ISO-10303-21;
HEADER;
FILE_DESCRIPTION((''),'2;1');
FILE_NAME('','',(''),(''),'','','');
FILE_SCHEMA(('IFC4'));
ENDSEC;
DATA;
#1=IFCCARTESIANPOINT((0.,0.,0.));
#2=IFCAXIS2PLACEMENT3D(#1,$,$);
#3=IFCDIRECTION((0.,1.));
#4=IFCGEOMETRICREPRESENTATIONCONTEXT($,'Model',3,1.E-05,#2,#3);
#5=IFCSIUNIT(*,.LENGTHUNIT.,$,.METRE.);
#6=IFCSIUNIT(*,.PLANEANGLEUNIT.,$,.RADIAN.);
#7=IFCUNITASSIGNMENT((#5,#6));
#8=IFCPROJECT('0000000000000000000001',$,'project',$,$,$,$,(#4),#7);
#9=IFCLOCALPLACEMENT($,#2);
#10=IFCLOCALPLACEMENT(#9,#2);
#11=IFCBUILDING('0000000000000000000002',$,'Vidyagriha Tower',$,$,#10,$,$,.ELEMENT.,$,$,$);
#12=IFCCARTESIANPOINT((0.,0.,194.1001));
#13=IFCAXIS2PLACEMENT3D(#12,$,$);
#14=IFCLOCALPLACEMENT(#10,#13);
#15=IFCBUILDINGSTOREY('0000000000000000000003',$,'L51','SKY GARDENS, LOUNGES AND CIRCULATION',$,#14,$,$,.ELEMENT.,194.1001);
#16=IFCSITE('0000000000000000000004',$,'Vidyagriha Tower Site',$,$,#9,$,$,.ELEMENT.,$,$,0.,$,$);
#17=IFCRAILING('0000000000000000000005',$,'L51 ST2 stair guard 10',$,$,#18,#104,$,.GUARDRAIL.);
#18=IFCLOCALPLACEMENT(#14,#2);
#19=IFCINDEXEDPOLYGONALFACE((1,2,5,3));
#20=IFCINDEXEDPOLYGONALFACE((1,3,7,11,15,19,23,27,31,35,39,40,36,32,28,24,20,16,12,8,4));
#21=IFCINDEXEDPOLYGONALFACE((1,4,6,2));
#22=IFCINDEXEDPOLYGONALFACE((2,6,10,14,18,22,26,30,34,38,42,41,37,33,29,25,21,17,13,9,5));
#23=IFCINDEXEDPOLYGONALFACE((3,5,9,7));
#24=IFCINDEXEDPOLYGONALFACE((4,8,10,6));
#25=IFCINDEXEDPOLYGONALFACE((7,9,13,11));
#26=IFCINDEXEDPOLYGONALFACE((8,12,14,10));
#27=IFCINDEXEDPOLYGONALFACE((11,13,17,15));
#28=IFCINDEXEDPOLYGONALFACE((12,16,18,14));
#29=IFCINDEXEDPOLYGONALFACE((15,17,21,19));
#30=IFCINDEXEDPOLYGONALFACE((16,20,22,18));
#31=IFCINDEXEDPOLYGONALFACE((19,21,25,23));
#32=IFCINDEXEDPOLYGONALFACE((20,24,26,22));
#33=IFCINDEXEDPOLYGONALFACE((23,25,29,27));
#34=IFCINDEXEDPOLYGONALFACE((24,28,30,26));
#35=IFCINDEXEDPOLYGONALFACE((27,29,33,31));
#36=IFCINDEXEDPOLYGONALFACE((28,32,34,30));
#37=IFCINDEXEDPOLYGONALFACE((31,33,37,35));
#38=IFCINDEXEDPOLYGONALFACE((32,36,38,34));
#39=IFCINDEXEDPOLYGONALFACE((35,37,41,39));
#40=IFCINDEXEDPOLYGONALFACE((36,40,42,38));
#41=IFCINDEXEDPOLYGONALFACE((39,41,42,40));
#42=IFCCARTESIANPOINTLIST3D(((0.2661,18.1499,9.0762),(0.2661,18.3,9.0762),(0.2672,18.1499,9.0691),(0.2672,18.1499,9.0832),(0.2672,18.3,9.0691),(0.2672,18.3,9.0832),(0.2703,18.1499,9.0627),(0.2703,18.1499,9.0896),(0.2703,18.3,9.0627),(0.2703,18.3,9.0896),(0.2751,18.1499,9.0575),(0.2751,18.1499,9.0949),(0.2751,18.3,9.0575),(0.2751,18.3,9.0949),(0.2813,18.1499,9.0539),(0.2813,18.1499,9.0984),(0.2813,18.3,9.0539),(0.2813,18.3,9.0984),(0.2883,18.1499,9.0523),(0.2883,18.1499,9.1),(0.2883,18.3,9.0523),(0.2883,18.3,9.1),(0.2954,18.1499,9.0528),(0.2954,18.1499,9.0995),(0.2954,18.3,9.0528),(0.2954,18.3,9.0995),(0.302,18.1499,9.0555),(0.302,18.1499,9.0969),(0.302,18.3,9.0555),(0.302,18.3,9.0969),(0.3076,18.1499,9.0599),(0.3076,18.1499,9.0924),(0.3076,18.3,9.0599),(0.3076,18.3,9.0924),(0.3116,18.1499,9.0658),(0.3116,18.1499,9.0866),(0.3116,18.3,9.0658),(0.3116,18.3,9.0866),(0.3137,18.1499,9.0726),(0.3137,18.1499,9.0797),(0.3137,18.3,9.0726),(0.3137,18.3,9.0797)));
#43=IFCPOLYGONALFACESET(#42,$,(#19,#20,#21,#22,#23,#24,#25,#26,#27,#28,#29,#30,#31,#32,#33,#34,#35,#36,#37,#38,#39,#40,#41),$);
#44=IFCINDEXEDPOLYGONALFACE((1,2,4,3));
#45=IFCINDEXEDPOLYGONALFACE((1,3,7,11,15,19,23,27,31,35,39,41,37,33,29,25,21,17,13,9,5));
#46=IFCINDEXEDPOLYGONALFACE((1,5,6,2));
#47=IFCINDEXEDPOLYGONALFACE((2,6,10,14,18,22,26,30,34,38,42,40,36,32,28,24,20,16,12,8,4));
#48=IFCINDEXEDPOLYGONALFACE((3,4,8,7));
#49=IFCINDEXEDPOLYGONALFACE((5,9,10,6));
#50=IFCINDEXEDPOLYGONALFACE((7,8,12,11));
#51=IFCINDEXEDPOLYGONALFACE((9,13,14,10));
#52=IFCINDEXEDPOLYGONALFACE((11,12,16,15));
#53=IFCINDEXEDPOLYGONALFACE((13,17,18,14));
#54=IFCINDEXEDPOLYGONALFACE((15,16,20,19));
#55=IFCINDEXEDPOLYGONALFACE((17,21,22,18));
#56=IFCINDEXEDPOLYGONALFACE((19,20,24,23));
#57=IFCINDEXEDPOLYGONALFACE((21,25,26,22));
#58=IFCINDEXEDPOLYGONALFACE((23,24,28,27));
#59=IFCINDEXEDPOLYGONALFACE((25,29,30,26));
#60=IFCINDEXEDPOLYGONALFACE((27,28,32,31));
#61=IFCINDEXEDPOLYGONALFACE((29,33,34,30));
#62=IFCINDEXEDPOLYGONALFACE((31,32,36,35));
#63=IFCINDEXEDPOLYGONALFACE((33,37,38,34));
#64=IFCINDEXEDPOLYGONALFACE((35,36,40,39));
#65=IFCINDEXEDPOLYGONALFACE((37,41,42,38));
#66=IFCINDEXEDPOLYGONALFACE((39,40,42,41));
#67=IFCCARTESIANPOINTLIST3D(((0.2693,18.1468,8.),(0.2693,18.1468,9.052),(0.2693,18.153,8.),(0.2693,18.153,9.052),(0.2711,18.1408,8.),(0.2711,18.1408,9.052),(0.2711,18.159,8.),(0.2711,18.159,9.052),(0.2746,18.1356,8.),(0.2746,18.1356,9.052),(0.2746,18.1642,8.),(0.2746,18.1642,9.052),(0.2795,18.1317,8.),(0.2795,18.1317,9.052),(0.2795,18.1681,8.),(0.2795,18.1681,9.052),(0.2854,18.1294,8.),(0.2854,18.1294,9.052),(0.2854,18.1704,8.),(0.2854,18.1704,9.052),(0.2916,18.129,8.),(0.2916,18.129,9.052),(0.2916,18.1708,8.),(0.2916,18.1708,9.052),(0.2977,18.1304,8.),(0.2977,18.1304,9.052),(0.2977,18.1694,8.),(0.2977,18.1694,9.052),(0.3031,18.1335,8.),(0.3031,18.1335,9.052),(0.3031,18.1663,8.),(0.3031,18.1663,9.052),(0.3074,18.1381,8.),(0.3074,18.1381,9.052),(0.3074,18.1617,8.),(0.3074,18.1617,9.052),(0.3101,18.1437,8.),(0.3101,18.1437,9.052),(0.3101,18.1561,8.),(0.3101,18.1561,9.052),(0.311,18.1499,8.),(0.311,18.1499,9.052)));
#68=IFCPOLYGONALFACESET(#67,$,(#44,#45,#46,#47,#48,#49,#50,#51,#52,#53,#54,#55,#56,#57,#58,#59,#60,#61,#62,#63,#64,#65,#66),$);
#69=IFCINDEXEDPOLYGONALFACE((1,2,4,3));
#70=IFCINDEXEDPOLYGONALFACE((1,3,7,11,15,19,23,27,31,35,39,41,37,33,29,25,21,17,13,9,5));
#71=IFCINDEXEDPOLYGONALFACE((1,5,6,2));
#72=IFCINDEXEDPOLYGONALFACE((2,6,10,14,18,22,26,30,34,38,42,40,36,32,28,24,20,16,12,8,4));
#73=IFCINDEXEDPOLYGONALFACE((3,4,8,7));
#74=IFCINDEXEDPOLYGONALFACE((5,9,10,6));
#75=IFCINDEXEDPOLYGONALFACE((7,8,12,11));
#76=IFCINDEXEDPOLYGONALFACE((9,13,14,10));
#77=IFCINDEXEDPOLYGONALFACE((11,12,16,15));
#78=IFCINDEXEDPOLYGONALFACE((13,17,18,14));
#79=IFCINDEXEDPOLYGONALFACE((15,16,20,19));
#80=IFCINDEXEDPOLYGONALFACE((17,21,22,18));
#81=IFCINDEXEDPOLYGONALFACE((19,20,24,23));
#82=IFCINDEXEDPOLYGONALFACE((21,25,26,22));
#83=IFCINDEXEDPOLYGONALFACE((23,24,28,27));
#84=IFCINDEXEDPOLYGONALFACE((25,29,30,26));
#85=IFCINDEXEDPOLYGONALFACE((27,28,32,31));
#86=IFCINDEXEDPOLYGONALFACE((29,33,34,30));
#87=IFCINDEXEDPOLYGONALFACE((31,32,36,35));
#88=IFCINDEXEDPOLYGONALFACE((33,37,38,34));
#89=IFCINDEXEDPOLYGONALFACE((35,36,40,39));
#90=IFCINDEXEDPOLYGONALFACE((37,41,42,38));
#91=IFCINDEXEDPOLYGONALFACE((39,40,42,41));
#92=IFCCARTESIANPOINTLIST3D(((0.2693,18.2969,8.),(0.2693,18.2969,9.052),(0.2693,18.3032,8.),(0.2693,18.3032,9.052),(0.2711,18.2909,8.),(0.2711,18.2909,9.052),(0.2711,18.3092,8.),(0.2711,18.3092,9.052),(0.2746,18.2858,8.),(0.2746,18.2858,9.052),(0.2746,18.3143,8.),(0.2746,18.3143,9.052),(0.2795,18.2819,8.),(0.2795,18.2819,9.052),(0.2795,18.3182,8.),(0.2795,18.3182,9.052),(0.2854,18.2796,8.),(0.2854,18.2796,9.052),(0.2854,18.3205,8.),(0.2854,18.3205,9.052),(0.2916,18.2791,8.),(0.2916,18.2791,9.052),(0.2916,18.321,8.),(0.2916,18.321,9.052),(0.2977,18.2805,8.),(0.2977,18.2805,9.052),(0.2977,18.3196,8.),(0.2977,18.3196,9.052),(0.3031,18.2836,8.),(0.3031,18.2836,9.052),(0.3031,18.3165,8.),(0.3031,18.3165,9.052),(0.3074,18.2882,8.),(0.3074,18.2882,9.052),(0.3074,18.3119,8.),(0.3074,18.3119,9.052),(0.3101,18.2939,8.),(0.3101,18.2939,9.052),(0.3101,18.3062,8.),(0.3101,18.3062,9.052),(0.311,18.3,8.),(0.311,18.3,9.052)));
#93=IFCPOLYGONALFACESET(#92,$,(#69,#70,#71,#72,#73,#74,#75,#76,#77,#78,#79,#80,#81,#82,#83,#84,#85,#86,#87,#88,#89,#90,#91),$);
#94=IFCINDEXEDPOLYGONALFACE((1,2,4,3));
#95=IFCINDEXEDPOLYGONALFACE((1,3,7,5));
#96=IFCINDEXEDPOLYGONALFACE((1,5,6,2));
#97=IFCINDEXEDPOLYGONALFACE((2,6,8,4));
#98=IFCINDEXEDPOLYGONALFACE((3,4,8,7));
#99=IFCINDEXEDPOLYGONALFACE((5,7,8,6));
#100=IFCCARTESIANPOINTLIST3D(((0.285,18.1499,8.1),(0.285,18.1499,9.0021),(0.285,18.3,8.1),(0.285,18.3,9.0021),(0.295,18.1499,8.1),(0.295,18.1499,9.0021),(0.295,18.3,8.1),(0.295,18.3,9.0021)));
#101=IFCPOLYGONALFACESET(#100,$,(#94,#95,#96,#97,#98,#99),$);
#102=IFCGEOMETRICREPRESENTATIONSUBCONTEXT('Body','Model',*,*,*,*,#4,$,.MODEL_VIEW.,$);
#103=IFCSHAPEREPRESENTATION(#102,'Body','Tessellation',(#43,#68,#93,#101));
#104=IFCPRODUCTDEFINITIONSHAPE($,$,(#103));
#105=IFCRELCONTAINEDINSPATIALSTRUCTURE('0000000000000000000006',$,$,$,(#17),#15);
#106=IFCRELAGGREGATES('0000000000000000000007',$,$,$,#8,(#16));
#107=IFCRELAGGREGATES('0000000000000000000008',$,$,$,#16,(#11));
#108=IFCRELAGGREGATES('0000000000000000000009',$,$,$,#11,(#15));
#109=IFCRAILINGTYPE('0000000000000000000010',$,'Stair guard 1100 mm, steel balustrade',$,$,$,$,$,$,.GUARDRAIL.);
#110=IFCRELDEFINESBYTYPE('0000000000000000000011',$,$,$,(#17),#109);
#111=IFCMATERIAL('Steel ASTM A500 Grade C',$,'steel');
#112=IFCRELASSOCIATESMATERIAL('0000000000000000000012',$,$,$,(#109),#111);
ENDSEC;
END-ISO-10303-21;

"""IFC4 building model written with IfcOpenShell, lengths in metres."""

from ifc_helpers import new_model, si_unit, direction, frame, origin, origin_2d, place, context, subcontext, project, spatial, rectangle, circle, extrude, material, type_object, element, save


model = new_model("IFC4")

# Units and contexts
model_context = context("Model", 3, precision=1e-05, world=origin(), true_north=direction((0.0, 1.0)))
body_context = subcontext(model_context, "Body", "Model", "MODEL_VIEW")
ifc_project = project(units=[si_unit("LENGTHUNIT", "METRE"), si_unit("PLANEANGLEUNIT", "RADIAN")], contexts=[model_context])

# Site, building, storey
site_placement = place(None, origin())
site = spatial("IfcSite", under=ifc_project, at=site_placement, Name="Vidyagriha Tower Site", CompositionType="ELEMENT", RefElevation=0.0)
building_placement = place(site_placement, origin())
building = spatial("IfcBuilding", under=site, at=building_placement, Name="Vidyagriha Tower", CompositionType="ELEMENT")
storey_placement = place(building_placement, frame((0.0, 0.0, 194.1001)))
storey = spatial("IfcBuildingStorey", under=building, at=storey_placement, Name="L51", Description="SKY GARDENS, LOUNGES AND CIRCULATION", CompositionType="ELEMENT", Elevation=194.1001)

# Railing
ifc_material_1 = material(Name="Steel ASTM A500 Grade C", Category="steel")
railing_type_1 = type_object("IfcRailingType", Name="Stair guard 1100 mm, steel balustrade", PredefinedType="GUARDRAIL", material=ifc_material_1)
railing_1_placement = place(storey_placement, frame((0.29, 18.1499, 8.0)))
element("IfcRailing", 1, at=railing_1_placement, inside=storey, type_object=railing_type_1, Name="L51 ST2 stair guard 10", PredefinedType="GUARDRAIL", context=body_context, shape_type="SweptSolid", body=[
    extrude(circle(Radius=0.0239, at=origin_2d()), frame((0.0, 0.0, 1.0762), z_axis=(0.0, 1.0, 0.0), x_axis=(-1.0, 0.0, 0.0)), (0.0, 0.0, 1.0), 0.1501),
    extrude(circle(Radius=0.021, at=origin_2d()), origin(), (0.0, 0.0, 1.0), 1.052),
    extrude(circle(Radius=0.021, at=origin_2d()), frame((0.0, 0.1501, 0.0)), (0.0, 0.0, 1.0), 1.052),
    extrude(rectangle(XDim=0.01, YDim=0.9021, at=origin_2d()), frame((0.0, 0.0, 0.551), z_axis=(0.0, 1.0, 0.0), x_axis=(-1.0, 0.0, 0.0)), (0.0, 0.0, 1.0), 0.1501),
])

save(model, "model.ifc")
